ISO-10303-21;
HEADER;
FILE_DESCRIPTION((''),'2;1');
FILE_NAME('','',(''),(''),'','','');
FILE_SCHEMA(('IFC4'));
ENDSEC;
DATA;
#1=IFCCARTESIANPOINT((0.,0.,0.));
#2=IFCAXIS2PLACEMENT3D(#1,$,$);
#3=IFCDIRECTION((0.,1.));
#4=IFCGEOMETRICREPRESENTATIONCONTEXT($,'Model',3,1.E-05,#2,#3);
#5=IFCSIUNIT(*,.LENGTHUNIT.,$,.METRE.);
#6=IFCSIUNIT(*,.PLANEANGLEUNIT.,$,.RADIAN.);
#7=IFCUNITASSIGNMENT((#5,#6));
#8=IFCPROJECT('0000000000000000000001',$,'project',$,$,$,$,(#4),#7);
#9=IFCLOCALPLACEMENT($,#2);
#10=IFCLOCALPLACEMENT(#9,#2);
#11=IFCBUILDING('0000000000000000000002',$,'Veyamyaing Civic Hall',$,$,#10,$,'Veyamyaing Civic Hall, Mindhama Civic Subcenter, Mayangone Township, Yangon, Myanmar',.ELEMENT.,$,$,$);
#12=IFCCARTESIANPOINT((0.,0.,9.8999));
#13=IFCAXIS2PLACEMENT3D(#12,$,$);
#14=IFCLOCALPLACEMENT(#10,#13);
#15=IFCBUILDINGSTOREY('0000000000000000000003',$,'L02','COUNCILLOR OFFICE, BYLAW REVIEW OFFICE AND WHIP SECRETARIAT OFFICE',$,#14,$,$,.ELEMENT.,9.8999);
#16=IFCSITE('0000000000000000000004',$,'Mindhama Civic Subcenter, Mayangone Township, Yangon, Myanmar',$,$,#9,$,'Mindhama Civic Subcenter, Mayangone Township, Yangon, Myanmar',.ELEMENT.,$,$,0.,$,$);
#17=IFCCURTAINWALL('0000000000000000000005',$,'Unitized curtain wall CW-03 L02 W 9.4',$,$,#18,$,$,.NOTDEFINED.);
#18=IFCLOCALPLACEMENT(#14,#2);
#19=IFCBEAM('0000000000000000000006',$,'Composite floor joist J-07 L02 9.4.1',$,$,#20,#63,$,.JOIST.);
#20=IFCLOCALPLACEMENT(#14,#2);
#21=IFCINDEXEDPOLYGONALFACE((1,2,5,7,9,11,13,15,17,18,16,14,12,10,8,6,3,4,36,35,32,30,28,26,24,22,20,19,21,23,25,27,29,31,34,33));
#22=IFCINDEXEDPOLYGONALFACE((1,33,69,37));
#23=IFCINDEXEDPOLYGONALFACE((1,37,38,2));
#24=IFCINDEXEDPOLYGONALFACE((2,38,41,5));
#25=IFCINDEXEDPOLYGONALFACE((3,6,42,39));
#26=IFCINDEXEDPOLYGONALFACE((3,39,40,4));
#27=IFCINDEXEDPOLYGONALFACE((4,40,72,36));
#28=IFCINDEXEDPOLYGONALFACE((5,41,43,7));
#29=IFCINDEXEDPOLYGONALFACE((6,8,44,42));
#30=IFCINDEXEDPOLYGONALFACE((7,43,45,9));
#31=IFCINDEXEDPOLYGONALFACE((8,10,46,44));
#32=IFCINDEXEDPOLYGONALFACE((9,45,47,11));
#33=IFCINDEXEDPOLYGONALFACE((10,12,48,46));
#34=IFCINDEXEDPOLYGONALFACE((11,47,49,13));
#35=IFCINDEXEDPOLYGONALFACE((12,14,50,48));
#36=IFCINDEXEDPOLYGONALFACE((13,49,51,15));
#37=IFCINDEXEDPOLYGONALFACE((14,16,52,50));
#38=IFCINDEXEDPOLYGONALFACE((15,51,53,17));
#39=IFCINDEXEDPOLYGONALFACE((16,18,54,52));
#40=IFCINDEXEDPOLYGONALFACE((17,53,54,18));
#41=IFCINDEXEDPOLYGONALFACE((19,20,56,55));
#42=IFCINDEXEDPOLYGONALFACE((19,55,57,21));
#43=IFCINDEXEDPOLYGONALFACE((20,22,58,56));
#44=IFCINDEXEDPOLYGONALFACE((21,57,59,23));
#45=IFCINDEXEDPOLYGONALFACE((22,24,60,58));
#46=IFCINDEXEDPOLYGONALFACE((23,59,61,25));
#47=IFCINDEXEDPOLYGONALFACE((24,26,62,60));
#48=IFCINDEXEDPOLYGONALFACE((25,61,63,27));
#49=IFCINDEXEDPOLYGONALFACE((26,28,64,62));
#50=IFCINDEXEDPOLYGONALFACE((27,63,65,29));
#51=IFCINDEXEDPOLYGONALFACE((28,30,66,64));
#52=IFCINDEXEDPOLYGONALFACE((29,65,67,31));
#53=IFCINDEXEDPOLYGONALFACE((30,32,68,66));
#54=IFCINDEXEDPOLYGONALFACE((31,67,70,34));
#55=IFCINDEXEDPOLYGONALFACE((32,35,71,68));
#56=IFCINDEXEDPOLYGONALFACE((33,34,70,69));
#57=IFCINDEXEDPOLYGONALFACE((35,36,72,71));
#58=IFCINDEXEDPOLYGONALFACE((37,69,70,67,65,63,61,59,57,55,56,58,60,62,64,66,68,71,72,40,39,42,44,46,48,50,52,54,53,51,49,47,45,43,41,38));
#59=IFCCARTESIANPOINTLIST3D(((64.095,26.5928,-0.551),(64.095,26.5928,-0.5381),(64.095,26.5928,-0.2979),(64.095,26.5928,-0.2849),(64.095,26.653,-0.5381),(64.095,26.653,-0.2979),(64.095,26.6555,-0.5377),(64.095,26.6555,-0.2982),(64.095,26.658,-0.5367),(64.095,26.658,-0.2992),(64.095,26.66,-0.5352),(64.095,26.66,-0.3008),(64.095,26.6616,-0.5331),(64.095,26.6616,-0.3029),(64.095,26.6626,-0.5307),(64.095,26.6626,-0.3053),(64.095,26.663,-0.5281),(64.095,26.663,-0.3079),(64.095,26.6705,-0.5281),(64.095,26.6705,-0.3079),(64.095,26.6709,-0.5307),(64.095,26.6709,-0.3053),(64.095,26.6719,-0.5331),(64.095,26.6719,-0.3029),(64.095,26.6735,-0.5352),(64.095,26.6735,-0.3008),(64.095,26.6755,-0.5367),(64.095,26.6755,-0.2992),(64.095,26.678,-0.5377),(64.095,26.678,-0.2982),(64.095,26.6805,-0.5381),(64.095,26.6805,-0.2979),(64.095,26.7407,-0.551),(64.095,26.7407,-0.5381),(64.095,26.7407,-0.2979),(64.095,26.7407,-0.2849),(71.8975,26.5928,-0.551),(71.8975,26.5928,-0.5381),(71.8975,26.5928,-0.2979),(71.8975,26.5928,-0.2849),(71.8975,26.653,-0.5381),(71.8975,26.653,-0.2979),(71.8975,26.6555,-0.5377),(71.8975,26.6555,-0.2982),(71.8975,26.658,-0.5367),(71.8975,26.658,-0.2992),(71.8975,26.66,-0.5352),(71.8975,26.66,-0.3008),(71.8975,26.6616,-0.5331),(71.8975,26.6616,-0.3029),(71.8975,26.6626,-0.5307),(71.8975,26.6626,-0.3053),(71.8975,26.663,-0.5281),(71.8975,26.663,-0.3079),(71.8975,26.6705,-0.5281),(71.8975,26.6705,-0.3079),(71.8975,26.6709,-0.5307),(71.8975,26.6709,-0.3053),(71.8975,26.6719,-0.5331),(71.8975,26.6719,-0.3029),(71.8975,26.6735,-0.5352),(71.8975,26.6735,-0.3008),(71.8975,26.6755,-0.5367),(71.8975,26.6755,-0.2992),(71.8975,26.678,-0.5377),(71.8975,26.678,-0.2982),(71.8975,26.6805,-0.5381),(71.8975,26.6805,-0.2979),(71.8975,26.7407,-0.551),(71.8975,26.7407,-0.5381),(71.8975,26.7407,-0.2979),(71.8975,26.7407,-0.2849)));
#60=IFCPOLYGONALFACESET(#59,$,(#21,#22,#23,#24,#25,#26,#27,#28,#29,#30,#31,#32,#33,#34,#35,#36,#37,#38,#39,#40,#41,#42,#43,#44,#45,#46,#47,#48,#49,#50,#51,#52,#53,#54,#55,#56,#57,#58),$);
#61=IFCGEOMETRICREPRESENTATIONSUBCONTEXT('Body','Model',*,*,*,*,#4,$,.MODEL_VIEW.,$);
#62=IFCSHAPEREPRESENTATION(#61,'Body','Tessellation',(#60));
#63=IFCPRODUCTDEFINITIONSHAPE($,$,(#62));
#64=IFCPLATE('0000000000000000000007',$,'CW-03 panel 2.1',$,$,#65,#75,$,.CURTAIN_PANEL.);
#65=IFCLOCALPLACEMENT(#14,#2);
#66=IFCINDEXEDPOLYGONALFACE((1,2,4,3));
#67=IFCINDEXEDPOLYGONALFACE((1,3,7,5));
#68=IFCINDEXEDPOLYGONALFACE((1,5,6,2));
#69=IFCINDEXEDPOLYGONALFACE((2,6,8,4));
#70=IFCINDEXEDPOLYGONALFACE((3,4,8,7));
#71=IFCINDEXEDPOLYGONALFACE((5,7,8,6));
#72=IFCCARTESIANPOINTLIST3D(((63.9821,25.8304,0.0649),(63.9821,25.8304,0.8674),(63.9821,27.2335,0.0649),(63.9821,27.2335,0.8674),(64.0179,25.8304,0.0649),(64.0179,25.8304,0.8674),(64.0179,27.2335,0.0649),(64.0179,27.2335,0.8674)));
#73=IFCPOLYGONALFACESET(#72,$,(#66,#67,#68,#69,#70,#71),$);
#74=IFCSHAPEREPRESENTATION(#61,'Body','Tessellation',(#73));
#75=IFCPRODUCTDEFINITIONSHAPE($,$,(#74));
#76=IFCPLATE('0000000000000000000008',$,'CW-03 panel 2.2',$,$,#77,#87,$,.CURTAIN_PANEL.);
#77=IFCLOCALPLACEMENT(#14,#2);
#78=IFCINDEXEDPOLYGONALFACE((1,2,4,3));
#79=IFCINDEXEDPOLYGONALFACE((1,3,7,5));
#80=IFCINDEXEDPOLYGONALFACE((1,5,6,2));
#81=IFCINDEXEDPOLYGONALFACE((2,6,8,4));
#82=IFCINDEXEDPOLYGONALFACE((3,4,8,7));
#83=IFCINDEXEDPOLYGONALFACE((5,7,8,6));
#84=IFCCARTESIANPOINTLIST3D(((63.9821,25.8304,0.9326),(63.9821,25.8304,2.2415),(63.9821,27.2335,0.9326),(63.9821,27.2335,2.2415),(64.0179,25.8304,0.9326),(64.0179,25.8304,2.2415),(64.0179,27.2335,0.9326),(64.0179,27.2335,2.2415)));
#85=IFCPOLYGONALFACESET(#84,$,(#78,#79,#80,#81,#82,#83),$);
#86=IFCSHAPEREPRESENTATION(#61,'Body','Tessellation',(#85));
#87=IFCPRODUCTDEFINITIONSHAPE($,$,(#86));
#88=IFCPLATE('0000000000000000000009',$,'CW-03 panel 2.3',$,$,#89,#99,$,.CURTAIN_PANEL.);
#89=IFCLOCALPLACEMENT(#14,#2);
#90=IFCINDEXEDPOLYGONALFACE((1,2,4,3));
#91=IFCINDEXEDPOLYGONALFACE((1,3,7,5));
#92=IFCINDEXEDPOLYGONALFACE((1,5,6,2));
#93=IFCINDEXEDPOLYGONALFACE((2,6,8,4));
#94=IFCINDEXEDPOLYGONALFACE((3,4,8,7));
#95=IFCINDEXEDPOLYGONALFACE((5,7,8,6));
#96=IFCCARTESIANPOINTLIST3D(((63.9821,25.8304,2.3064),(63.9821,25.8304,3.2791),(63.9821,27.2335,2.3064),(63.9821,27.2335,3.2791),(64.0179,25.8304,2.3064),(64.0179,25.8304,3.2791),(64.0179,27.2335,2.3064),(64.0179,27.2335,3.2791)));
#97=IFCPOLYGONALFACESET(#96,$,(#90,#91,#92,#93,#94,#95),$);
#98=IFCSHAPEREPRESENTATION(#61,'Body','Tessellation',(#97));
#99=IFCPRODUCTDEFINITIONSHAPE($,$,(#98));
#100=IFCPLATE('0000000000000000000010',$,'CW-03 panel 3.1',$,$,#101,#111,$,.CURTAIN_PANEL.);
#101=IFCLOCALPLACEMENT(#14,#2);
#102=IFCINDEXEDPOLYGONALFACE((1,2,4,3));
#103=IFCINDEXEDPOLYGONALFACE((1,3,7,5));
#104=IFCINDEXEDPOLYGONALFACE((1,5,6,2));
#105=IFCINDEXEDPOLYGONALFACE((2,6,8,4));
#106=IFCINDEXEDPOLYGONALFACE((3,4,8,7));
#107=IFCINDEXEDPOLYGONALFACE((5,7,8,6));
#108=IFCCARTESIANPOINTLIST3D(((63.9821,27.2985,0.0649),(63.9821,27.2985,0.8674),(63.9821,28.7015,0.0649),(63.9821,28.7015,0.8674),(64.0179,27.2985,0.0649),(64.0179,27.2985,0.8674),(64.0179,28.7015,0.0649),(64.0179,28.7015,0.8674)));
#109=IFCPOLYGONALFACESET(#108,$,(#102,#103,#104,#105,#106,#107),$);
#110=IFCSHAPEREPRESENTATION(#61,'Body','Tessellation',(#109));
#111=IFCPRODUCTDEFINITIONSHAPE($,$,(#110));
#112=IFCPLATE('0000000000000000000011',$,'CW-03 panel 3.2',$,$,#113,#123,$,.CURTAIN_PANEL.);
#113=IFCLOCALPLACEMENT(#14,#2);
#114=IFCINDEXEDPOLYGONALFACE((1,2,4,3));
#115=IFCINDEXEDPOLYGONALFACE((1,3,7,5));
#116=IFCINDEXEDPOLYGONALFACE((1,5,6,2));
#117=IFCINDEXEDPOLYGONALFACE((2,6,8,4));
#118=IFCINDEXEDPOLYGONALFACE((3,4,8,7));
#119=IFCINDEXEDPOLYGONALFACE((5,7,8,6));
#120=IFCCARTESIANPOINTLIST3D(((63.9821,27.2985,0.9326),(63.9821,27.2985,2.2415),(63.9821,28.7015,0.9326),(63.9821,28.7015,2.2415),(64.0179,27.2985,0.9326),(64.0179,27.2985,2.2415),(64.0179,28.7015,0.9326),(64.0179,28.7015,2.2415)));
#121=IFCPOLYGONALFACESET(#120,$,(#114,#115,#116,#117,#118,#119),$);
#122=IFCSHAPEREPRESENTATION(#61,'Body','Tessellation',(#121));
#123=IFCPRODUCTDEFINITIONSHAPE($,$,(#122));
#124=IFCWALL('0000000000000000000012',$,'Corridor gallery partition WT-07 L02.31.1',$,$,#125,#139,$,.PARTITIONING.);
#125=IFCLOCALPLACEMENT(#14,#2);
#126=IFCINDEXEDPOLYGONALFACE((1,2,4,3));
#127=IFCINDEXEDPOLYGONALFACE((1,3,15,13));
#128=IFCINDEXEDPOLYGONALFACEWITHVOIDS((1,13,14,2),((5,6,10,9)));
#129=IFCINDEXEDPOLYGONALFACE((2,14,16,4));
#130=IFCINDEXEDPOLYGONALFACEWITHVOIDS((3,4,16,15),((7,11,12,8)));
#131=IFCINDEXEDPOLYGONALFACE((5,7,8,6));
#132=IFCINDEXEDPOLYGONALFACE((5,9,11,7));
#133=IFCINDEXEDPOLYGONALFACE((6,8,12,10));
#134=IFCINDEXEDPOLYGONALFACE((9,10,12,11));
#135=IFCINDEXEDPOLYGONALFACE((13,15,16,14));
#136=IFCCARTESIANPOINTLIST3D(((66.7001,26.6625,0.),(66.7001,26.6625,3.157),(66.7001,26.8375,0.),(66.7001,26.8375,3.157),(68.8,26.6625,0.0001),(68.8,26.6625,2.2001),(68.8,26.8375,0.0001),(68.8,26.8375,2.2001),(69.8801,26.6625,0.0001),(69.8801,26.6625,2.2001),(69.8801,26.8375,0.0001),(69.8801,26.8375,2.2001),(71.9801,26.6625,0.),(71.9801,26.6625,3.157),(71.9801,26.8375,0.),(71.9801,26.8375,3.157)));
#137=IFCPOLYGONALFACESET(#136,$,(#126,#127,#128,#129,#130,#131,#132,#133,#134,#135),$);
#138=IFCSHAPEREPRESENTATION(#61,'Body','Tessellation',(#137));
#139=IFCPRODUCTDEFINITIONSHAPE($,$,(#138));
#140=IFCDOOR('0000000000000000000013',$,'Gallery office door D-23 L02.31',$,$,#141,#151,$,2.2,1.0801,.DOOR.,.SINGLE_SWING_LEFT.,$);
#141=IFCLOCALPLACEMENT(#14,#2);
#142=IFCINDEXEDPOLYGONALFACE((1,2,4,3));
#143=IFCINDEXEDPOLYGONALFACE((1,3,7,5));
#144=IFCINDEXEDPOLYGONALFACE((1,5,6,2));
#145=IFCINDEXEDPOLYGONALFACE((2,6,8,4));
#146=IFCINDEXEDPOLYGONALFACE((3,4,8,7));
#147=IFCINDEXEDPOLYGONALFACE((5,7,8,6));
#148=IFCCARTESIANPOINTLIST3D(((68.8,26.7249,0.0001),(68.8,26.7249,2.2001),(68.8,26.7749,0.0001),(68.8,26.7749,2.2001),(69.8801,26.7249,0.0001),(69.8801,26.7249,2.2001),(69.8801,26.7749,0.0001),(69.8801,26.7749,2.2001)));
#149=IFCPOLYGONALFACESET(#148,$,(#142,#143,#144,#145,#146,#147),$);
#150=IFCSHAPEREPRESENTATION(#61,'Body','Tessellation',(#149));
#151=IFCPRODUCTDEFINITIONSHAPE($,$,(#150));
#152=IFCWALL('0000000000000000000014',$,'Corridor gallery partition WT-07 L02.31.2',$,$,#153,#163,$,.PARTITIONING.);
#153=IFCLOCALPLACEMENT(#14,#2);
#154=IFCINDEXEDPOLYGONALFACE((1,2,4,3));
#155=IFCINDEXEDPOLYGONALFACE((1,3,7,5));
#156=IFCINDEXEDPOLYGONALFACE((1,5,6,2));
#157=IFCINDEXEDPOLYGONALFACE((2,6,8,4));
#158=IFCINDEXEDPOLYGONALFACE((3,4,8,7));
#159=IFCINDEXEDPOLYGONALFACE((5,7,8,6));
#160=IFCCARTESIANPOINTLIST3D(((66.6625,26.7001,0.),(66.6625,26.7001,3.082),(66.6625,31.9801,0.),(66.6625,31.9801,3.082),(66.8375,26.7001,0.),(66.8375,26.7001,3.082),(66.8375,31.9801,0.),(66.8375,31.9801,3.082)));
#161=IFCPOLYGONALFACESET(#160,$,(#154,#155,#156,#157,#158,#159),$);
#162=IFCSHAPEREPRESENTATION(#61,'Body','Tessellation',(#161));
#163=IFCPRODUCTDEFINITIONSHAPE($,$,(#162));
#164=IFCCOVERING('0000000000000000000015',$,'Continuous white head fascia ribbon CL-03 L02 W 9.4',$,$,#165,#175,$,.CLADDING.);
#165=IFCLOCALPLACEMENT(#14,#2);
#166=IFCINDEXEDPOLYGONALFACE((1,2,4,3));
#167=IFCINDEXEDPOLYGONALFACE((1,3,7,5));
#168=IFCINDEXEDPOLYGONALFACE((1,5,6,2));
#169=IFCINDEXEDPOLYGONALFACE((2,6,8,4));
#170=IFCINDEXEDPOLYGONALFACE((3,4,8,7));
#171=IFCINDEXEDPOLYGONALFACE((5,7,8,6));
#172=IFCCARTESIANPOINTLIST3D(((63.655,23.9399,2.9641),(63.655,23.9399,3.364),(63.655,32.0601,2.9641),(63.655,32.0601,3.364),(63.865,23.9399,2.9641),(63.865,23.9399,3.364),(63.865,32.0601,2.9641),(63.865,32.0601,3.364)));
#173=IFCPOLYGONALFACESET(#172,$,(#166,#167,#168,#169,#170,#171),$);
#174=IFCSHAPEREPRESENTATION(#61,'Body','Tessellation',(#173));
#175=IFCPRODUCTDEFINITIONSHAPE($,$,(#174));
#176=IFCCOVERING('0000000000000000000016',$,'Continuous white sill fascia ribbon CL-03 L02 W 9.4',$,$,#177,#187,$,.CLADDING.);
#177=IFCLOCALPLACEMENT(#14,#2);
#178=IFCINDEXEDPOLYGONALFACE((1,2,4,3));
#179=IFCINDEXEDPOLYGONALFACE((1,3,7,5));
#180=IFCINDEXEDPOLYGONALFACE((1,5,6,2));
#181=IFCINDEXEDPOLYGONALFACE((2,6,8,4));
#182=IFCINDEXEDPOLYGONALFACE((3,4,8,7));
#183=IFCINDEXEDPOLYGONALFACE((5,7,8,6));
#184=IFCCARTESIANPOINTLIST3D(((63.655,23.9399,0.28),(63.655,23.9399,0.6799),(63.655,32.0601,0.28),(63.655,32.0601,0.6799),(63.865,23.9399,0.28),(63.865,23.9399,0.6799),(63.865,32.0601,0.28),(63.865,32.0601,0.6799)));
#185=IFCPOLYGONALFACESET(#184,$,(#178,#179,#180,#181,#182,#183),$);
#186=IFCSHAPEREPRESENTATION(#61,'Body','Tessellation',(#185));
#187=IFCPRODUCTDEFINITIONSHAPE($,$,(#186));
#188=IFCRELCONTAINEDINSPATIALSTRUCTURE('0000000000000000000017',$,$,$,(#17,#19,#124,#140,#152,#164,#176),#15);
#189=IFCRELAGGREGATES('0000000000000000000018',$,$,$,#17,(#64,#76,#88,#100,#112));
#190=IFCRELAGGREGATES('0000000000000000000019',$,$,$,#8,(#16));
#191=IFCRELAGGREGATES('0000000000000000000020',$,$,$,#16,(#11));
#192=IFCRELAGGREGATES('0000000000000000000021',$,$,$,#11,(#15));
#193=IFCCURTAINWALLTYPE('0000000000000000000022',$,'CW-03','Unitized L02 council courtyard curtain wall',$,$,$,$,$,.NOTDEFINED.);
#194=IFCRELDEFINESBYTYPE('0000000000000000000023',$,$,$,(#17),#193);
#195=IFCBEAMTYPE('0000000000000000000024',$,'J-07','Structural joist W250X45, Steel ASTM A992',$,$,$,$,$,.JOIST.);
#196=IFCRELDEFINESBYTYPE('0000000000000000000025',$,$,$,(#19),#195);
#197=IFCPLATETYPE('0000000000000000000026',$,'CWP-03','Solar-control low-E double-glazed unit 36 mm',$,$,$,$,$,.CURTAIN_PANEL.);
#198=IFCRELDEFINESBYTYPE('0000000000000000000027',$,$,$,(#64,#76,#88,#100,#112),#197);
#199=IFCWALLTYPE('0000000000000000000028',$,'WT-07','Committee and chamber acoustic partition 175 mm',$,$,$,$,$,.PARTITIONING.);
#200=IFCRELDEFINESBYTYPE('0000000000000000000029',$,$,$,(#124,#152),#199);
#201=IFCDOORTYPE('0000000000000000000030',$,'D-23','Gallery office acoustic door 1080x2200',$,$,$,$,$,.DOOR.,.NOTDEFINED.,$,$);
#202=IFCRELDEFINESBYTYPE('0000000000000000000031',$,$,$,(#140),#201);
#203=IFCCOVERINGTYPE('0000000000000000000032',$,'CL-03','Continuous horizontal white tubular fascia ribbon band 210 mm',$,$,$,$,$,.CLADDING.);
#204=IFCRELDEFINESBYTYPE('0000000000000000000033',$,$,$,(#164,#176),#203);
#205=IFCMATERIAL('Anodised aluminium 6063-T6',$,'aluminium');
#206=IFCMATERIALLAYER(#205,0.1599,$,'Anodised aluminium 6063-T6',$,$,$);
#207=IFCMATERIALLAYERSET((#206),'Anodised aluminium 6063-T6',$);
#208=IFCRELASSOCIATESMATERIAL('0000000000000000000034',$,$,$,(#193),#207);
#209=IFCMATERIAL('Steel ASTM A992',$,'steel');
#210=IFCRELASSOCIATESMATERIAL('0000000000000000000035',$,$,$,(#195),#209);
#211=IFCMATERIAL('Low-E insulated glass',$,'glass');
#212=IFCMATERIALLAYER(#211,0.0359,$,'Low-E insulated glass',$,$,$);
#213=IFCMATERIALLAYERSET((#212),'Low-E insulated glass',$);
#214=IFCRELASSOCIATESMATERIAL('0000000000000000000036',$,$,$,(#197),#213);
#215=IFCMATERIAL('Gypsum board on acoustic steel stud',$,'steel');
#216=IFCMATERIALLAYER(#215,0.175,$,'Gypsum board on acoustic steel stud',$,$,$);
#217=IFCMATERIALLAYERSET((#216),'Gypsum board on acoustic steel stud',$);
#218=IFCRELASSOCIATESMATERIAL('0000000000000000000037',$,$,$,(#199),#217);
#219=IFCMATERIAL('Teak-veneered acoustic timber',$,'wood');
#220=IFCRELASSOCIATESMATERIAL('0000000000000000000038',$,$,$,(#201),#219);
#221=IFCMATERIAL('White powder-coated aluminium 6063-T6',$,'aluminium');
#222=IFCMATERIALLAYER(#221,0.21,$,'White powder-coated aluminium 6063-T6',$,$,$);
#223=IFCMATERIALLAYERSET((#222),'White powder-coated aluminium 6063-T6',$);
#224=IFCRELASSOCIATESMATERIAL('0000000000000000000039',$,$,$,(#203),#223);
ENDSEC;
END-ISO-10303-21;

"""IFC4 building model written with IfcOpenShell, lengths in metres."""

from ifc_helpers import new_model, si_unit, direction, frame, frame_2d, origin, origin_2d, place, context, subcontext, project, spatial, rectangle, i_section, extrude, material, layer, layer_set, material_profile, profile_set, type_object, element, fill, aggregate, save


model = new_model("IFC4")

# Units and contexts
model_context = context("Model", 3, precision=1e-05, world=origin(), true_north=direction((0.0, 1.0)))
body_context = subcontext(model_context, "Body", "Model", "MODEL_VIEW")
ifc_project = project(units=[si_unit("LENGTHUNIT", "METRE"), si_unit("PLANEANGLEUNIT", "RADIAN")], contexts=[model_context])

# Site, building, storey
site_placement = place(None, origin())
site = spatial("IfcSite", under=ifc_project, at=site_placement, Name="Mindhama Civic Subcenter, Mayangone Township, Yangon, Myanmar", LongName="Mindhama Civic Subcenter, Mayangone Township, Yangon, Myanmar", CompositionType="ELEMENT", RefElevation=0.0)
building_placement = place(site_placement, origin())
building = spatial("IfcBuilding", under=site, at=building_placement, Name="Veyamyaing Civic Hall", LongName="Veyamyaing Civic Hall, Mindhama Civic Subcenter, Mayangone Township, Yangon, Myanmar", CompositionType="ELEMENT")
storey_placement = place(building_placement, frame((0.0, 0.0, 9.8999)))
storey = spatial("IfcBuildingStorey", under=building, at=storey_placement, Name="L02", Description="COUNCILLOR OFFICE, BYLAW REVIEW OFFICE AND WHIP SECRETARIAT OFFICE", CompositionType="ELEMENT", Elevation=9.8999)

# Shared definitions
ifc_material_1 = material(Name="Steel ASTM A992", Category="steel")

# Curtain wall
ifc_material_2 = material(Name="Anodised aluminium 6063-T6", Category="aluminium")
ifc_layer_1 = layer(ifc_material_2, 0.1599, Name="Anodised aluminium 6063-T6")
ifc_layer_set_1 = layer_set([ifc_layer_1], Name="Anodised aluminium 6063-T6")
curtain_wall_type = type_object("IfcCurtainWallType", Name="CW-03", Description="Unitized L02 council courtyard curtain wall", PredefinedType="NOTDEFINED", material=ifc_layer_set_1)
curtain_wall_placement = place(storey_placement, origin())
curtain_wall = element("IfcCurtainWall", 1, at=curtain_wall_placement, inside=storey, type_object=curtain_wall_type, Name="Unitized curtain wall CW-03 L02 W 9.4", PredefinedType="NOTDEFINED")

# Beam
ifc_material_profile_1 = material_profile(ifc_material_1, i_section(OverallWidth=0.1479, OverallDepth=0.2661, WebThickness=0.0076, FlangeThickness=0.0129, FilletRadius=0.01, at=origin_2d()), Name="W250X45")
ifc_profile_set_1 = profile_set([ifc_material_profile_1], Name="Steel ASTM A992")
beam_type_1 = type_object("IfcBeamType", Name="J-07", Description="Structural joist W250X45, Steel ASTM A992", PredefinedType="JOIST", material=ifc_profile_set_1)
beam_1_placement = place(storey_placement, frame((64.095, 26.6667, -0.418), z_axis=(1.0, 0.0, 0.0), x_axis=(0.0, 1.0, 0.0)))
element("IfcBeam", 2, at=beam_1_placement, inside=storey, type_object=beam_type_1, Name="Composite floor joist J-07 L02 9.4.1", PredefinedType="JOIST", context=body_context, shape_type="SweptSolid", body=[
    extrude(i_section(OverallWidth=0.1479, OverallDepth=0.2661, WebThickness=0.0076, FlangeThickness=0.0129, FilletRadius=0.01, at=origin_2d()), origin(), (0.0, 0.0, 1.0), 7.8025),
])

# Plates
ifc_material_3 = material(Name="Low-E insulated glass", Category="glass")
ifc_layer_2 = layer(ifc_material_3, 0.0359, Name="Low-E insulated glass")
ifc_layer_set_2 = layer_set([ifc_layer_2], Name="Low-E insulated glass")
plate_type = type_object("IfcPlateType", Name="CWP-03", Description="Solar-control low-E double-glazed unit 36 mm", PredefinedType="CURTAIN_PANEL", material=ifc_layer_set_2)
plate_1_placement = place(storey_placement, frame((64.0, 26.532, 0.0649), z_axis=(0.0, 0.0, 1.0), x_axis=(0.0, 1.0, 0.0)))
plate_1 = element("IfcPlate", 3, at=plate_1_placement, type_object=plate_type, Name="CW-03 panel 2.1", PredefinedType="CURTAIN_PANEL", context=body_context, shape_type="SweptSolid", body=[
    extrude(rectangle(XDim=1.4031, YDim=0.0359, at=origin_2d()), origin(), (0.0, 0.0, 1.0), 0.8025),
])
plate_2_placement = place(storey_placement, frame((64.0, 26.532, 0.9326), z_axis=(0.0, 0.0, 1.0), x_axis=(0.0, 1.0, 0.0)))
plate_2 = element("IfcPlate", 4, at=plate_2_placement, type_object=plate_type, Name="CW-03 panel 2.2", PredefinedType="CURTAIN_PANEL", context=body_context, shape_type="SweptSolid", body=[
    extrude(rectangle(XDim=1.4031, YDim=0.0359, at=origin_2d()), origin(), (0.0, 0.0, 1.0), 1.3088),
])
plate_3_placement = place(storey_placement, frame((64.0, 26.532, 2.3064), z_axis=(0.0, 0.0, 1.0), x_axis=(0.0, 1.0, 0.0)))
plate_3 = element("IfcPlate", 5, at=plate_3_placement, type_object=plate_type, Name="CW-03 panel 2.3", PredefinedType="CURTAIN_PANEL", context=body_context, shape_type="SweptSolid", body=[
    extrude(rectangle(XDim=1.4031, YDim=0.0359, at=origin_2d()), origin(), (0.0, 0.0, 1.0), 0.9727),
])
plate_4_placement = place(storey_placement, frame((64.0, 28.0, 0.0649), z_axis=(0.0, 0.0, 1.0), x_axis=(0.0, 1.0, 0.0)))
plate_4 = element("IfcPlate", 6, at=plate_4_placement, type_object=plate_type, Name="CW-03 panel 3.1", PredefinedType="CURTAIN_PANEL", context=body_context, shape_type="SweptSolid", body=[
    extrude(rectangle(XDim=1.4031, YDim=0.0359, at=origin_2d()), origin(), (0.0, 0.0, 1.0), 0.8025),
])
plate_5_placement = place(storey_placement, frame((64.0, 28.0, 0.9326), z_axis=(0.0, 0.0, 1.0), x_axis=(0.0, 1.0, 0.0)))
plate_5 = element("IfcPlate", 7, at=plate_5_placement, type_object=plate_type, Name="CW-03 panel 3.2", PredefinedType="CURTAIN_PANEL", context=body_context, shape_type="SweptSolid", body=[
    extrude(rectangle(XDim=1.4031, YDim=0.0359, at=origin_2d()), origin(), (0.0, 0.0, 1.0), 1.3088),
])
aggregate(curtain_wall, [plate_1, plate_2, plate_3, plate_4, plate_5])

# Wall, opening, door
ifc_material_4 = material(Name="Gypsum board on acoustic steel stud", Category="steel")
ifc_layer_3 = layer(ifc_material_4, 0.175, Name="Gypsum board on acoustic steel stud")
ifc_layer_set_3 = layer_set([ifc_layer_3], Name="Gypsum board on acoustic steel stud")
wall_type = type_object("IfcWallType", Name="WT-07", Description="Committee and chamber acoustic partition 175 mm", PredefinedType="PARTITIONING", material=ifc_layer_set_3)
wall_1_placement = place(storey_placement, frame((66.7, 26.75, 0.0), z_axis=(0.0, 0.0, 1.0), x_axis=(1.0, 0.0, 0.0)))
wall_1 = element("IfcWall", 8, at=wall_1_placement, inside=storey, type_object=wall_type, Name="Corridor gallery partition WT-07 L02.31.1", PredefinedType="PARTITIONING", context=body_context, shape_type="SweptSolid", body=[
    extrude(rectangle(XDim=5.28, YDim=0.175, at=frame_2d((2.6401, 0.0))), origin(), (0.0, 0.0, 1.0), 3.157),
])
opening_placement = place(wall_1_placement, frame((2.1001, 0.0, 0.0)))
opening = element("IfcOpeningElement", 9, at=opening_placement, cuts=wall_1, PredefinedType="OPENING", context=body_context, shape_type="SweptSolid", body=[
    extrude(rectangle(XDim=1.0801, YDim=2.2, at=frame_2d((0.54, 1.1001))), frame((0.0, 0.0974, 0.0), z_axis=(0.0, -1.0, 0.0), x_axis=(1.0, 0.0, 0.0)), (0.0, 0.0, 1.0), 0.1951),
])
ifc_material_5 = material(Name="Teak-veneered acoustic timber", Category="wood")
door_type = type_object("IfcDoorType", Name="D-23", Description="Gallery office acoustic door 1080x2200", OperationType="NOTDEFINED", PredefinedType="DOOR", material=ifc_material_5)
door_placement = place(opening_placement, origin())
door = element("IfcDoor", 10, at=door_placement, inside=storey, type_object=door_type, Name="Gallery office door D-23 L02.31", OperationType="SINGLE_SWING_LEFT", OverallHeight=2.2, OverallWidth=1.0801, PredefinedType="DOOR", context=body_context, shape_type="SweptSolid", body=[
    extrude(rectangle(XDim=1.0801, YDim=2.2, at=frame_2d((0.54, 1.1001))), frame((0.0, 0.0249, 0.0), z_axis=(0.0, -1.0, 0.0), x_axis=(1.0, 0.0, 0.0)), (0.0, 0.0, 1.0), 0.05),
])
fill(opening, door)

# Wall
wall_2_placement = place(storey_placement, frame((66.75, 26.7, 0.0), z_axis=(0.0, 0.0, 1.0), x_axis=(0.0, 1.0, 0.0)))
element("IfcWall", 11, at=wall_2_placement, inside=storey, type_object=wall_type, Name="Corridor gallery partition WT-07 L02.31.2", PredefinedType="PARTITIONING", context=body_context, shape_type="SweptSolid", body=[
    extrude(rectangle(XDim=5.28, YDim=0.175, at=frame_2d((2.6401, 0.0))), origin(), (0.0, 0.0, 1.0), 3.082),
])

# Coverings
ifc_material_6 = material(Name="White powder-coated aluminium 6063-T6", Category="aluminium")
ifc_layer_4 = layer(ifc_material_6, 0.21, Name="White powder-coated aluminium 6063-T6")
ifc_layer_set_4 = layer_set([ifc_layer_4], Name="White powder-coated aluminium 6063-T6")
covering_type = type_object("IfcCoveringType", Name="CL-03", Description="Continuous horizontal white tubular fascia ribbon band 210 mm", PredefinedType="CLADDING", material=ifc_layer_set_4)
for number, where, z_axis, x_axis, name in (
    (12, (63.76, 28.0, 2.9641), (0.0, 0.0, 1.0), (0.0, 1.0, 0.0), "Continuous white head fascia ribbon CL-03 L02 W 9.4"),
    (13, (63.76, 28.0, 0.28), (0.0, 0.0, 1.0), (0.0, 1.0, 0.0), "Continuous white sill fascia ribbon CL-03 L02 W 9.4"),
):
    element("IfcCovering", number, at=place(storey_placement, frame(where, z_axis=z_axis, x_axis=x_axis)), inside=storey, type_object=covering_type, Name=name, PredefinedType="CLADDING", context=body_context, shape_type="SweptSolid", body=[
        extrude(rectangle(XDim=8.1201, YDim=0.21, at=origin_2d()), origin(), (0.0, 0.0, 1.0), 0.3999),
    ])

save(model, "model.ifc")
